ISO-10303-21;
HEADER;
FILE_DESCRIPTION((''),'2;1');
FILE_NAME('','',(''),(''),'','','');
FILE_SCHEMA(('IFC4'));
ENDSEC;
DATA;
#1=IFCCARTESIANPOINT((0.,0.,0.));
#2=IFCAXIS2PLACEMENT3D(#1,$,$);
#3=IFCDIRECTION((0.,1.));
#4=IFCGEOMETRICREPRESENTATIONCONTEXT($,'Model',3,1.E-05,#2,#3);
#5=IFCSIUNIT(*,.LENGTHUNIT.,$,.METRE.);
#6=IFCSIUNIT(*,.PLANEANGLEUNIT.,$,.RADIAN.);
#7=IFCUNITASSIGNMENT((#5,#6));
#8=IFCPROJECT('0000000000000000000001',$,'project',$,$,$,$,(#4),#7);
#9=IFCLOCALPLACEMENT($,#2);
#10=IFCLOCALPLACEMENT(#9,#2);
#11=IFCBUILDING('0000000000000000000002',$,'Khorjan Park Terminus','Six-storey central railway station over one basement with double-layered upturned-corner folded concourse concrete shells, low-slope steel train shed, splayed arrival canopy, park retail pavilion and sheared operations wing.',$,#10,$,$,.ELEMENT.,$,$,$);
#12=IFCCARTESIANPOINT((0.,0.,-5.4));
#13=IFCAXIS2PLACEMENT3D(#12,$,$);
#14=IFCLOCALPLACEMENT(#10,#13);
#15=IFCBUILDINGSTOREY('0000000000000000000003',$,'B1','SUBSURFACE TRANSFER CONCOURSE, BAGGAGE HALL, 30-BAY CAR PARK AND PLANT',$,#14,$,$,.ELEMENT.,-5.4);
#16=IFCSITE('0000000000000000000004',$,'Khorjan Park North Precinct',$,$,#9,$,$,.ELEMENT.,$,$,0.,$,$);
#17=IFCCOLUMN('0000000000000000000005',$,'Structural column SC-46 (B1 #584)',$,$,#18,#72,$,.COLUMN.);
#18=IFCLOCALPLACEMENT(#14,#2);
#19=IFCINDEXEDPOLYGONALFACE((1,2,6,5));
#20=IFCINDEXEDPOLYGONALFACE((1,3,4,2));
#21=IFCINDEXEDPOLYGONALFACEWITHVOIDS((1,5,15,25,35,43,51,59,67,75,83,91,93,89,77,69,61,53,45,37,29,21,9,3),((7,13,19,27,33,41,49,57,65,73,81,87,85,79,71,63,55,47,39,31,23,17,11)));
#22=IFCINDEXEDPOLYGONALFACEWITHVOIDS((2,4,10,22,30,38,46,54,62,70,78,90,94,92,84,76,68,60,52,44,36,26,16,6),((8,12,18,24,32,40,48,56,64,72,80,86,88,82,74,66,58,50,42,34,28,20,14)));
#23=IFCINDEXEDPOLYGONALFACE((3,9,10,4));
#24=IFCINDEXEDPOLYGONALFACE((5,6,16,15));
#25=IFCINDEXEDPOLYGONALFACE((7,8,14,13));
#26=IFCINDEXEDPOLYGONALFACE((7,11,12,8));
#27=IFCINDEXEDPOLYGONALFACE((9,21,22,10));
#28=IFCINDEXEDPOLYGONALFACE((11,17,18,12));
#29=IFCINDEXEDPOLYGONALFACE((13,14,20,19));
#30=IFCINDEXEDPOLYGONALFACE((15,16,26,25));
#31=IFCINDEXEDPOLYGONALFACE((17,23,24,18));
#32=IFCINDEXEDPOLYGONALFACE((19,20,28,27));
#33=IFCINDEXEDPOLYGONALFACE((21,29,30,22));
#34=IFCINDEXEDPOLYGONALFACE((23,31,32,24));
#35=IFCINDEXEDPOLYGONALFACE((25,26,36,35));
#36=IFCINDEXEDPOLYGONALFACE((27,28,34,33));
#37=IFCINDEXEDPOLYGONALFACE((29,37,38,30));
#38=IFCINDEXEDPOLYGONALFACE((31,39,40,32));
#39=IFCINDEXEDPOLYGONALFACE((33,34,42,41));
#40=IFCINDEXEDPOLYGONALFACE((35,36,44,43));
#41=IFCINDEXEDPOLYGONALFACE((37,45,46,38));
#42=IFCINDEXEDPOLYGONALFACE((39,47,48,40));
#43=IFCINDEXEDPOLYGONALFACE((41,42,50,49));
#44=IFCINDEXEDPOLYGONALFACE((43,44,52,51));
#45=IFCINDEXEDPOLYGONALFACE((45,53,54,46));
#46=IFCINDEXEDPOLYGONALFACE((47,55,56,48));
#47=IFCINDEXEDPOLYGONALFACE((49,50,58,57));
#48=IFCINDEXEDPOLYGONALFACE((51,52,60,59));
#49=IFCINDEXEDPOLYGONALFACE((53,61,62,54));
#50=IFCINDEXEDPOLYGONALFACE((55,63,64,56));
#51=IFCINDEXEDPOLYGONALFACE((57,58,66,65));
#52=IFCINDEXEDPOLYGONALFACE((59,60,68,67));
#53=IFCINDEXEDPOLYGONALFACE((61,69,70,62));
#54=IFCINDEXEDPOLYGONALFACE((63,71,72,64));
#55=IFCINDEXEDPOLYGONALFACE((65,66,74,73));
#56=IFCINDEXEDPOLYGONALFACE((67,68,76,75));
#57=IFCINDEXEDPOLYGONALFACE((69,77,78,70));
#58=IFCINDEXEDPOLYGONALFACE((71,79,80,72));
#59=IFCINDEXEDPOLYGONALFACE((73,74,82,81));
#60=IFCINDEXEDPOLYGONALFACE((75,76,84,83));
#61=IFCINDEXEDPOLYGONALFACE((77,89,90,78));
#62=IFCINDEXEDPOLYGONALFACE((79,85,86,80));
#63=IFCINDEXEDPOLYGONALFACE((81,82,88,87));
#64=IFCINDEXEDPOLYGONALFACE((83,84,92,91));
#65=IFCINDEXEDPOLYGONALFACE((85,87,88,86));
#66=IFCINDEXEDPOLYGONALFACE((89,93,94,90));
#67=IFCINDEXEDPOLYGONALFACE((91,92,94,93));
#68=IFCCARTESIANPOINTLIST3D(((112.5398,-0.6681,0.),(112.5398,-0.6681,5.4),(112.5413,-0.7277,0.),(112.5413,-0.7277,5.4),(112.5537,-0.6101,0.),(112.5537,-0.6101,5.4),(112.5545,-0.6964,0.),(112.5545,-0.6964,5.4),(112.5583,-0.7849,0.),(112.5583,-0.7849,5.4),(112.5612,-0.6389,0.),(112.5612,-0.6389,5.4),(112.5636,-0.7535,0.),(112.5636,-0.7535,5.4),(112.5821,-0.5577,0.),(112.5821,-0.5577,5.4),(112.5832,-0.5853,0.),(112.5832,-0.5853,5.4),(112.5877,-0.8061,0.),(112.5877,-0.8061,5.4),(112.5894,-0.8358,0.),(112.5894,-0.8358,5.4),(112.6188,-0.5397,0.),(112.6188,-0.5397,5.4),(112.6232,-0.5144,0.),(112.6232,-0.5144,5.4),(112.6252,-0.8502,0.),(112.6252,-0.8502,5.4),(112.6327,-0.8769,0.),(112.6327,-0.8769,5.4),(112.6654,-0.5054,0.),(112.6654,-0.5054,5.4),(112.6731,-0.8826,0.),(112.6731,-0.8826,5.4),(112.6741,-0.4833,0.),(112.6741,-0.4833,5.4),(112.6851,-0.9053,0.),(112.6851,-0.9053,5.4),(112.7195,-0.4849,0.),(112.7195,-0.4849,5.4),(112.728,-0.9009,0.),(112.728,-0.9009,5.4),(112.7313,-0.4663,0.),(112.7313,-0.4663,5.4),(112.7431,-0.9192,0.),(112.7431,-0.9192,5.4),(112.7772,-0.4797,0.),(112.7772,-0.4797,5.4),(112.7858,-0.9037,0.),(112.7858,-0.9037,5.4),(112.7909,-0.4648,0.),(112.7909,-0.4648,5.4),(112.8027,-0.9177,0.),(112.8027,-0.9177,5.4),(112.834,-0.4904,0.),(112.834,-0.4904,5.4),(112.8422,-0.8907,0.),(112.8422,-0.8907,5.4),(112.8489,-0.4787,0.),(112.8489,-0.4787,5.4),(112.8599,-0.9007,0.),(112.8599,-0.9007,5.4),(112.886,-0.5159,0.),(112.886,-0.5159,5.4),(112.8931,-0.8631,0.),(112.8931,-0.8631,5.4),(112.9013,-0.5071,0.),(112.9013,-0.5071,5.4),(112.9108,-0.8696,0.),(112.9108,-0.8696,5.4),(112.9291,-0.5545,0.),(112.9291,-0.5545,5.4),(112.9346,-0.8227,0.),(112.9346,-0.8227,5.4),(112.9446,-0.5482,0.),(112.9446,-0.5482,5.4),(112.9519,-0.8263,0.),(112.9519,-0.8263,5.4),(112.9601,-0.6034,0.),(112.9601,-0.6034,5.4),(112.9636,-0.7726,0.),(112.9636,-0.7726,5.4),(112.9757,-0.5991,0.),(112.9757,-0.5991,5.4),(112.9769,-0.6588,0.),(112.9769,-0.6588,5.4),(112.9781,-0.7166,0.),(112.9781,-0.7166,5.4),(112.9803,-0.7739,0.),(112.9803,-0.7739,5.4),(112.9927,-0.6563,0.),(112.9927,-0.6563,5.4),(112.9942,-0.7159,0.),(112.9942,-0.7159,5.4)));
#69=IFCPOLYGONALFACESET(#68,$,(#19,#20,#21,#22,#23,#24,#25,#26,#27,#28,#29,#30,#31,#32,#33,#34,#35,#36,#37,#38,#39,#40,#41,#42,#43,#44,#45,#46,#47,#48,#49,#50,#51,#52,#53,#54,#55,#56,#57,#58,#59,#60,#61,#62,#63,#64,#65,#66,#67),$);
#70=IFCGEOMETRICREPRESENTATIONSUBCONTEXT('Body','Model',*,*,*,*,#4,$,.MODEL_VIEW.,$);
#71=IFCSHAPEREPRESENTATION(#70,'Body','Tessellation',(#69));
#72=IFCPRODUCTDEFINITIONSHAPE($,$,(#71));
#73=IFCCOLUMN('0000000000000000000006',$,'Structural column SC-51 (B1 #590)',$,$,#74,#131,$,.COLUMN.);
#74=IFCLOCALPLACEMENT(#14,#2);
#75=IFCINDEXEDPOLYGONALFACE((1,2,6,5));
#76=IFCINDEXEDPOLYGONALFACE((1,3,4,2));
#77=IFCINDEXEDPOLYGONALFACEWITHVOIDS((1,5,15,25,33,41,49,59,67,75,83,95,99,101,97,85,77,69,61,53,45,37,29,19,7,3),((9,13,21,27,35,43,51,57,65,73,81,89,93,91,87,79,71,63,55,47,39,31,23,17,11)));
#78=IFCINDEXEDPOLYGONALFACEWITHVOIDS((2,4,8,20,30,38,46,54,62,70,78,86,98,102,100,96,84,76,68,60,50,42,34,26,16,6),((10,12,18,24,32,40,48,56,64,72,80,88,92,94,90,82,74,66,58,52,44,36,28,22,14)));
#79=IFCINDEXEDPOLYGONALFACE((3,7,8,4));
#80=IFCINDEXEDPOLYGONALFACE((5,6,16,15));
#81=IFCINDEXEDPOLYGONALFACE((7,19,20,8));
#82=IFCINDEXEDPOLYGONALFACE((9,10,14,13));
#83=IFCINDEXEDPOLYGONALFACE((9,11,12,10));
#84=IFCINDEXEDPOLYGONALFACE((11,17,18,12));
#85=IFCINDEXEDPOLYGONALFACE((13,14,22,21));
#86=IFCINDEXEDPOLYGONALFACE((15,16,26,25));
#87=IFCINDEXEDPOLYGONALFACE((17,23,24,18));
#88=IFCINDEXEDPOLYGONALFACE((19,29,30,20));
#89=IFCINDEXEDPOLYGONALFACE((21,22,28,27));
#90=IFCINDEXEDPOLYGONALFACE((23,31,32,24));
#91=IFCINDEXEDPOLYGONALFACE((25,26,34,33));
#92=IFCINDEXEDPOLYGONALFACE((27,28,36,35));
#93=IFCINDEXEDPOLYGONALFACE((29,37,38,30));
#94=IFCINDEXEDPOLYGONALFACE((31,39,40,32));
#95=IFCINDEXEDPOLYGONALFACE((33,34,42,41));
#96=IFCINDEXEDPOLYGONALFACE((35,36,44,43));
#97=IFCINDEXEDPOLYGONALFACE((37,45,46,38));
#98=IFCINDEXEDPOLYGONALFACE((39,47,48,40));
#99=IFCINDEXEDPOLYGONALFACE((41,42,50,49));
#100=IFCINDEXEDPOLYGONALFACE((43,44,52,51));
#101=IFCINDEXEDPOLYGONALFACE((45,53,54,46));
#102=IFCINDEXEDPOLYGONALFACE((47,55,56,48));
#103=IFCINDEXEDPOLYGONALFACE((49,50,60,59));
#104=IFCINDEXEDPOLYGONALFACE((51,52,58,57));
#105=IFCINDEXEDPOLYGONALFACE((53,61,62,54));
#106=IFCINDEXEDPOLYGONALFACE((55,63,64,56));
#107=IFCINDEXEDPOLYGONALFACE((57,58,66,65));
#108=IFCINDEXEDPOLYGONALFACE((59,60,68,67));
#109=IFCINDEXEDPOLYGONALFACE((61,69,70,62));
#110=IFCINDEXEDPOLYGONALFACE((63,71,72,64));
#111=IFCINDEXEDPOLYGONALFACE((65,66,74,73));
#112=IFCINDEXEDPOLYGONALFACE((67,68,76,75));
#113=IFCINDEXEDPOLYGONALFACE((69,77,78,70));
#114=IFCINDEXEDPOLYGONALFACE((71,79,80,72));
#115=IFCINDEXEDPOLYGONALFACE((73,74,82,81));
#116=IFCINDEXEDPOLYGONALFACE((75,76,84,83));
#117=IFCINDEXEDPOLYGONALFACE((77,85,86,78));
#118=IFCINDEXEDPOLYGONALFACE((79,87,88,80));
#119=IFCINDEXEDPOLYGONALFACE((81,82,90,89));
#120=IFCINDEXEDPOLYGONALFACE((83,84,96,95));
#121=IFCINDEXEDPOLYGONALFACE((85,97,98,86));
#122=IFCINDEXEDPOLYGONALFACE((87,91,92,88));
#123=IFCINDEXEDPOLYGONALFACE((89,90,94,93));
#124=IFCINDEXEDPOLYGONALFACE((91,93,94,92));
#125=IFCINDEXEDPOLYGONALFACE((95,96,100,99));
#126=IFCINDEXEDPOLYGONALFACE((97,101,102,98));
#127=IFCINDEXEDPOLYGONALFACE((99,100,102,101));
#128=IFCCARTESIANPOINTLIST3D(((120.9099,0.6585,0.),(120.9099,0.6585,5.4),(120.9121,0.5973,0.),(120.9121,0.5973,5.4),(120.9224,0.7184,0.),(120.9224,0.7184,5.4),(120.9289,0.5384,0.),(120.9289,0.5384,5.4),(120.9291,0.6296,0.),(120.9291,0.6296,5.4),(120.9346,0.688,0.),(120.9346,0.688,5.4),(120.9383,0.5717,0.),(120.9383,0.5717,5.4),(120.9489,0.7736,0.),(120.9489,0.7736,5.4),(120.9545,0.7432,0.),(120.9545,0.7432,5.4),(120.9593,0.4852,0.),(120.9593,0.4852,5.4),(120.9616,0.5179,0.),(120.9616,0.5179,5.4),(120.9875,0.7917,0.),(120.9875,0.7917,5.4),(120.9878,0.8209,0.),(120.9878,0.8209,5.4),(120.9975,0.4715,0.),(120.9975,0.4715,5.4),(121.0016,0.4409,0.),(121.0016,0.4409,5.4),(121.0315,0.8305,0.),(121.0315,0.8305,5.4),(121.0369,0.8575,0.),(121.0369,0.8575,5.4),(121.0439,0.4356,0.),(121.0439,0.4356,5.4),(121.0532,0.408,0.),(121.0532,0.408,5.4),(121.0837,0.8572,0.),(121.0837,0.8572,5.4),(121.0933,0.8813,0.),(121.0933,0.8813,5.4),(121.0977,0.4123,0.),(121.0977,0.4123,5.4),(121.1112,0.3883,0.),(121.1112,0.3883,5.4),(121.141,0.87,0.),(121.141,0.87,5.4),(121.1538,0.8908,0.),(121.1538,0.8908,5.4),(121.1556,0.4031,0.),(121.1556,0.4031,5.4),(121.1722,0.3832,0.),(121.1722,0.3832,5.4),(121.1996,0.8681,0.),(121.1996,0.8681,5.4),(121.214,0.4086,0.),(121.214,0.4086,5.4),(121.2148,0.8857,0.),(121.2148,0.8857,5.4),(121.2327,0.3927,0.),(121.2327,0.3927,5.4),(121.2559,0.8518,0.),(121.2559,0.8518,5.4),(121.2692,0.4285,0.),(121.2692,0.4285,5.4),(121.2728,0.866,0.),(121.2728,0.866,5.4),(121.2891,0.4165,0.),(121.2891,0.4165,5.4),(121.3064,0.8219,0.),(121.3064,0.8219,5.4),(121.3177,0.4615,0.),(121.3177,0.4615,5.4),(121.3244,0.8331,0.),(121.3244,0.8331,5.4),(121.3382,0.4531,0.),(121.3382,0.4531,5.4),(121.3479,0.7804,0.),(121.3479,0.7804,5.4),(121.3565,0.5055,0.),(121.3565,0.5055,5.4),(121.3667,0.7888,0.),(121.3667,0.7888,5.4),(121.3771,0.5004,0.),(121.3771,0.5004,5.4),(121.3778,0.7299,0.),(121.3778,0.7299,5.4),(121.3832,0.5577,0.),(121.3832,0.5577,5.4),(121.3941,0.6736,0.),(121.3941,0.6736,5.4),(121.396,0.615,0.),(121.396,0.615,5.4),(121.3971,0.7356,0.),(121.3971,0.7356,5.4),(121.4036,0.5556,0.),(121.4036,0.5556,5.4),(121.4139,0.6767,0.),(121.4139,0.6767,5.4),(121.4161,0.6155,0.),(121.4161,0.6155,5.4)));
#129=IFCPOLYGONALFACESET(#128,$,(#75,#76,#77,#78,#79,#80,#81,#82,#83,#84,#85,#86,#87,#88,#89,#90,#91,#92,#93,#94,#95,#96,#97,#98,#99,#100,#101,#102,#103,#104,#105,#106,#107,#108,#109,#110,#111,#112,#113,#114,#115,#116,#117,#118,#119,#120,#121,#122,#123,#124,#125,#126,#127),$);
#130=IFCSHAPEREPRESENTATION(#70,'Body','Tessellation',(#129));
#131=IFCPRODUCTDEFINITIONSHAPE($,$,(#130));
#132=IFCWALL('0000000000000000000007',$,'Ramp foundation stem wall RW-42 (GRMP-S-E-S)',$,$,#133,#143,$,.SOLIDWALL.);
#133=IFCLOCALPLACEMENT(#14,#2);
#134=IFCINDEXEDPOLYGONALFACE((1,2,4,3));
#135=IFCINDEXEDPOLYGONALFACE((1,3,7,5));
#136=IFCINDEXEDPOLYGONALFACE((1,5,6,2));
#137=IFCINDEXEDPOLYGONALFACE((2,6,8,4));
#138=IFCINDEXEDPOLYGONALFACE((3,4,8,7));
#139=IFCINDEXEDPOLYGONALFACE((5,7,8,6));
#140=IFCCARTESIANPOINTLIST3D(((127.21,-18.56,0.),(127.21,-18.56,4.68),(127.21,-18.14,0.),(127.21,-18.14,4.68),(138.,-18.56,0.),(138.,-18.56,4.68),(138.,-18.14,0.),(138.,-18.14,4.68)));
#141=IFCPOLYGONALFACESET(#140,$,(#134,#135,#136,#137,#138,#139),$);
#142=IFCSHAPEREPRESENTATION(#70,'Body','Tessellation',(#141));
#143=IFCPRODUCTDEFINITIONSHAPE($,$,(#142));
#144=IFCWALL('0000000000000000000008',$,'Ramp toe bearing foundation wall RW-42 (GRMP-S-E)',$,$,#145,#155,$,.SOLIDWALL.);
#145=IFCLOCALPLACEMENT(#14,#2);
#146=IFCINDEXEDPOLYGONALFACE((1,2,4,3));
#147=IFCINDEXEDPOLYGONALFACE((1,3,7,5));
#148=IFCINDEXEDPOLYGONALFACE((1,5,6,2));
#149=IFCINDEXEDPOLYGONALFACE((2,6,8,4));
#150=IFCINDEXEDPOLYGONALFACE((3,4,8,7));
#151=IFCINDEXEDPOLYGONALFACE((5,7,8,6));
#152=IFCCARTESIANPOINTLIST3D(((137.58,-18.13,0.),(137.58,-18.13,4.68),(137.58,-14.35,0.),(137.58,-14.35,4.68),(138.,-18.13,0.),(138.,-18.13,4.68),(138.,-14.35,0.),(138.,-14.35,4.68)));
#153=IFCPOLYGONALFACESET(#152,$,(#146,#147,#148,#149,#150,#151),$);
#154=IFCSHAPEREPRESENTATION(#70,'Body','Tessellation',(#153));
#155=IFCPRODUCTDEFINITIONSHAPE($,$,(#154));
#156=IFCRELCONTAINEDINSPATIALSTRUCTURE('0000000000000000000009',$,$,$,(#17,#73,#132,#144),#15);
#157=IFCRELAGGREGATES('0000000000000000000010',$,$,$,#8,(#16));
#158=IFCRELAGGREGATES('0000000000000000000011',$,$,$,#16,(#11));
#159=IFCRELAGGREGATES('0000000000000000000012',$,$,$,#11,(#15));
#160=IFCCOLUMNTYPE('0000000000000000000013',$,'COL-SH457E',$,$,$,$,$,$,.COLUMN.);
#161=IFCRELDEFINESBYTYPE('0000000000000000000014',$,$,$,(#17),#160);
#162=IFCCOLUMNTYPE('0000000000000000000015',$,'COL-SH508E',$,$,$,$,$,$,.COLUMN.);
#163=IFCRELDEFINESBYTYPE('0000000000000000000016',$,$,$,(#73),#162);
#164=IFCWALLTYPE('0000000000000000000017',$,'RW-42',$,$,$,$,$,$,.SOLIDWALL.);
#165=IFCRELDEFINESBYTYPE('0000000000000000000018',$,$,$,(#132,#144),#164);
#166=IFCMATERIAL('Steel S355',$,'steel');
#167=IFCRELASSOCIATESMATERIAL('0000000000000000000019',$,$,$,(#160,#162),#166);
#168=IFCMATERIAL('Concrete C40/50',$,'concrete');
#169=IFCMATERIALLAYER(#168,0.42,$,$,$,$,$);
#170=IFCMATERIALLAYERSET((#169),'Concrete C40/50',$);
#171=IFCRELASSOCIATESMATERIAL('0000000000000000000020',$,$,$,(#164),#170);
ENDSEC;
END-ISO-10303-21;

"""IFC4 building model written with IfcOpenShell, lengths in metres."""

from ifc_helpers import new_model, si_unit, direction, frame, frame_2d, origin, origin_2d, place, context, subcontext, project, spatial, rectangle, hollow_circle, extrude, material, layer, layer_set, material_profile, profile_set, type_object, element, save


model = new_model("IFC4")

# Units and contexts
model_context = context("Model", 3, precision=1e-05, world=origin(), true_north=direction((0.0, 1.0)))
body_context = subcontext(model_context, "Body", "Model", "MODEL_VIEW")
ifc_project = project(units=[si_unit("LENGTHUNIT", "METRE"), si_unit("PLANEANGLEUNIT", "RADIAN")], contexts=[model_context])

# Site, building, storey
site_placement = place(None, origin())
site = spatial("IfcSite", under=ifc_project, at=site_placement, Name="Khorjan Park North Precinct", CompositionType="ELEMENT", RefElevation=0.0)
building_placement = place(site_placement, origin())
building = spatial("IfcBuilding", under=site, at=building_placement, Name="Khorjan Park Terminus", Description="Six-storey central railway station over one basement with double-layered upturned-corner folded concourse concrete shells, low-slope steel train shed, splayed arrival canopy, park retail pavilion and sheared operations wing.", CompositionType="ELEMENT")
storey_placement = place(building_placement, frame((0.0, 0.0, -5.4)))
storey = spatial("IfcBuildingStorey", under=building, at=storey_placement, Name="B1", Description="SUBSURFACE TRANSFER CONCOURSE, BAGGAGE HALL, 30-BAY CAR PARK AND PLANT", CompositionType="ELEMENT", Elevation=-5.4)

# Shared definitions
ifc_material_1 = material(Name="Concrete C40/50", Category="concrete")

# Columns
ifc_material_2 = material(Name="Steel S355", Category="steel")
ifc_material_profile_1 = material_profile(ifc_material_2, hollow_circle(Radius=0.2285, WallThickness=0.016, at=origin_2d()), Name="CHS 457x16")
ifc_profile_set_1 = profile_set([ifc_material_profile_1], Name="Steel S355")
column_type_1 = type_object("IfcColumnType", Name="COL-SH457E", PredefinedType="COLUMN", material=ifc_profile_set_1)
column_1_placement = place(storey_placement, frame((112.767, -0.692, 0.0), z_axis=(0.0, 0.0, 1.0), x_axis=(0.987688, 0.156434, 0.0)))
element("IfcColumn", 1, at=column_1_placement, inside=storey, type_object=column_type_1, Name="Structural column SC-46 (B1 #584)", PredefinedType="COLUMN", context=body_context, shape_type="SweptSolid", body=[
    extrude(hollow_circle(Radius=0.2285, WallThickness=0.016, at=origin_2d()), origin(), (0.0, 0.0, 1.0), 5.4),
])
ifc_material_profile_2 = material_profile(ifc_material_2, hollow_circle(Radius=0.254, WallThickness=0.02, at=origin_2d()), Name="CHS 508x20")
ifc_profile_set_2 = profile_set([ifc_material_profile_2], Name="Steel S355")
column_type_2 = type_object("IfcColumnType", Name="COL-SH508E", PredefinedType="COLUMN", material=ifc_profile_set_2)
column_2_placement = place(storey_placement, frame((121.163, 0.637, 0.0), z_axis=(0.0, 0.0, 1.0), x_axis=(0.987688, 0.156434, 0.0)))
element("IfcColumn", 2, at=column_2_placement, inside=storey, type_object=column_type_2, Name="Structural column SC-51 (B1 #590)", PredefinedType="COLUMN", context=body_context, shape_type="SweptSolid", body=[
    extrude(hollow_circle(Radius=0.254, WallThickness=0.02, at=origin_2d()), origin(), (0.0, 0.0, 1.0), 5.4),
])

# Walls
ifc_layer = layer(ifc_material_1, 0.42)
ifc_layer_set = layer_set([ifc_layer], Name="Concrete C40/50")
wall_type = type_object("IfcWallType", Name="RW-42", PredefinedType="SOLIDWALL", material=ifc_layer_set)
wall_1_placement = place(storey_placement, frame((127.21, -18.35, 0.0), z_axis=(0.0, 0.0, 1.0), x_axis=(1.0, 0.0, 0.0)))
element("IfcWall", 3, at=wall_1_placement, inside=storey, type_object=wall_type, Name="Ramp foundation stem wall RW-42 (GRMP-S-E-S)", PredefinedType="SOLIDWALL", context=body_context, shape_type="SweptSolid", body=[
    extrude(rectangle(XDim=10.79, YDim=0.42, at=frame_2d((5.395, 0.0))), origin(), (0.0, 0.0, 1.0), 4.68),
])
wall_2_placement = place(storey_placement, frame((137.79, -18.13, 0.0), z_axis=(0.0, 0.0, 1.0), x_axis=(0.0, 1.0, 0.0)))
element("IfcWall", 4, at=wall_2_placement, inside=storey, type_object=wall_type, Name="Ramp toe bearing foundation wall RW-42 (GRMP-S-E)", PredefinedType="SOLIDWALL", context=body_context, shape_type="SweptSolid", body=[
    extrude(rectangle(XDim=3.78, YDim=0.42, at=frame_2d((1.89, 0.0))), origin(), (0.0, 0.0, 1.0), 4.68),
])

save(model, "model.ifc")
